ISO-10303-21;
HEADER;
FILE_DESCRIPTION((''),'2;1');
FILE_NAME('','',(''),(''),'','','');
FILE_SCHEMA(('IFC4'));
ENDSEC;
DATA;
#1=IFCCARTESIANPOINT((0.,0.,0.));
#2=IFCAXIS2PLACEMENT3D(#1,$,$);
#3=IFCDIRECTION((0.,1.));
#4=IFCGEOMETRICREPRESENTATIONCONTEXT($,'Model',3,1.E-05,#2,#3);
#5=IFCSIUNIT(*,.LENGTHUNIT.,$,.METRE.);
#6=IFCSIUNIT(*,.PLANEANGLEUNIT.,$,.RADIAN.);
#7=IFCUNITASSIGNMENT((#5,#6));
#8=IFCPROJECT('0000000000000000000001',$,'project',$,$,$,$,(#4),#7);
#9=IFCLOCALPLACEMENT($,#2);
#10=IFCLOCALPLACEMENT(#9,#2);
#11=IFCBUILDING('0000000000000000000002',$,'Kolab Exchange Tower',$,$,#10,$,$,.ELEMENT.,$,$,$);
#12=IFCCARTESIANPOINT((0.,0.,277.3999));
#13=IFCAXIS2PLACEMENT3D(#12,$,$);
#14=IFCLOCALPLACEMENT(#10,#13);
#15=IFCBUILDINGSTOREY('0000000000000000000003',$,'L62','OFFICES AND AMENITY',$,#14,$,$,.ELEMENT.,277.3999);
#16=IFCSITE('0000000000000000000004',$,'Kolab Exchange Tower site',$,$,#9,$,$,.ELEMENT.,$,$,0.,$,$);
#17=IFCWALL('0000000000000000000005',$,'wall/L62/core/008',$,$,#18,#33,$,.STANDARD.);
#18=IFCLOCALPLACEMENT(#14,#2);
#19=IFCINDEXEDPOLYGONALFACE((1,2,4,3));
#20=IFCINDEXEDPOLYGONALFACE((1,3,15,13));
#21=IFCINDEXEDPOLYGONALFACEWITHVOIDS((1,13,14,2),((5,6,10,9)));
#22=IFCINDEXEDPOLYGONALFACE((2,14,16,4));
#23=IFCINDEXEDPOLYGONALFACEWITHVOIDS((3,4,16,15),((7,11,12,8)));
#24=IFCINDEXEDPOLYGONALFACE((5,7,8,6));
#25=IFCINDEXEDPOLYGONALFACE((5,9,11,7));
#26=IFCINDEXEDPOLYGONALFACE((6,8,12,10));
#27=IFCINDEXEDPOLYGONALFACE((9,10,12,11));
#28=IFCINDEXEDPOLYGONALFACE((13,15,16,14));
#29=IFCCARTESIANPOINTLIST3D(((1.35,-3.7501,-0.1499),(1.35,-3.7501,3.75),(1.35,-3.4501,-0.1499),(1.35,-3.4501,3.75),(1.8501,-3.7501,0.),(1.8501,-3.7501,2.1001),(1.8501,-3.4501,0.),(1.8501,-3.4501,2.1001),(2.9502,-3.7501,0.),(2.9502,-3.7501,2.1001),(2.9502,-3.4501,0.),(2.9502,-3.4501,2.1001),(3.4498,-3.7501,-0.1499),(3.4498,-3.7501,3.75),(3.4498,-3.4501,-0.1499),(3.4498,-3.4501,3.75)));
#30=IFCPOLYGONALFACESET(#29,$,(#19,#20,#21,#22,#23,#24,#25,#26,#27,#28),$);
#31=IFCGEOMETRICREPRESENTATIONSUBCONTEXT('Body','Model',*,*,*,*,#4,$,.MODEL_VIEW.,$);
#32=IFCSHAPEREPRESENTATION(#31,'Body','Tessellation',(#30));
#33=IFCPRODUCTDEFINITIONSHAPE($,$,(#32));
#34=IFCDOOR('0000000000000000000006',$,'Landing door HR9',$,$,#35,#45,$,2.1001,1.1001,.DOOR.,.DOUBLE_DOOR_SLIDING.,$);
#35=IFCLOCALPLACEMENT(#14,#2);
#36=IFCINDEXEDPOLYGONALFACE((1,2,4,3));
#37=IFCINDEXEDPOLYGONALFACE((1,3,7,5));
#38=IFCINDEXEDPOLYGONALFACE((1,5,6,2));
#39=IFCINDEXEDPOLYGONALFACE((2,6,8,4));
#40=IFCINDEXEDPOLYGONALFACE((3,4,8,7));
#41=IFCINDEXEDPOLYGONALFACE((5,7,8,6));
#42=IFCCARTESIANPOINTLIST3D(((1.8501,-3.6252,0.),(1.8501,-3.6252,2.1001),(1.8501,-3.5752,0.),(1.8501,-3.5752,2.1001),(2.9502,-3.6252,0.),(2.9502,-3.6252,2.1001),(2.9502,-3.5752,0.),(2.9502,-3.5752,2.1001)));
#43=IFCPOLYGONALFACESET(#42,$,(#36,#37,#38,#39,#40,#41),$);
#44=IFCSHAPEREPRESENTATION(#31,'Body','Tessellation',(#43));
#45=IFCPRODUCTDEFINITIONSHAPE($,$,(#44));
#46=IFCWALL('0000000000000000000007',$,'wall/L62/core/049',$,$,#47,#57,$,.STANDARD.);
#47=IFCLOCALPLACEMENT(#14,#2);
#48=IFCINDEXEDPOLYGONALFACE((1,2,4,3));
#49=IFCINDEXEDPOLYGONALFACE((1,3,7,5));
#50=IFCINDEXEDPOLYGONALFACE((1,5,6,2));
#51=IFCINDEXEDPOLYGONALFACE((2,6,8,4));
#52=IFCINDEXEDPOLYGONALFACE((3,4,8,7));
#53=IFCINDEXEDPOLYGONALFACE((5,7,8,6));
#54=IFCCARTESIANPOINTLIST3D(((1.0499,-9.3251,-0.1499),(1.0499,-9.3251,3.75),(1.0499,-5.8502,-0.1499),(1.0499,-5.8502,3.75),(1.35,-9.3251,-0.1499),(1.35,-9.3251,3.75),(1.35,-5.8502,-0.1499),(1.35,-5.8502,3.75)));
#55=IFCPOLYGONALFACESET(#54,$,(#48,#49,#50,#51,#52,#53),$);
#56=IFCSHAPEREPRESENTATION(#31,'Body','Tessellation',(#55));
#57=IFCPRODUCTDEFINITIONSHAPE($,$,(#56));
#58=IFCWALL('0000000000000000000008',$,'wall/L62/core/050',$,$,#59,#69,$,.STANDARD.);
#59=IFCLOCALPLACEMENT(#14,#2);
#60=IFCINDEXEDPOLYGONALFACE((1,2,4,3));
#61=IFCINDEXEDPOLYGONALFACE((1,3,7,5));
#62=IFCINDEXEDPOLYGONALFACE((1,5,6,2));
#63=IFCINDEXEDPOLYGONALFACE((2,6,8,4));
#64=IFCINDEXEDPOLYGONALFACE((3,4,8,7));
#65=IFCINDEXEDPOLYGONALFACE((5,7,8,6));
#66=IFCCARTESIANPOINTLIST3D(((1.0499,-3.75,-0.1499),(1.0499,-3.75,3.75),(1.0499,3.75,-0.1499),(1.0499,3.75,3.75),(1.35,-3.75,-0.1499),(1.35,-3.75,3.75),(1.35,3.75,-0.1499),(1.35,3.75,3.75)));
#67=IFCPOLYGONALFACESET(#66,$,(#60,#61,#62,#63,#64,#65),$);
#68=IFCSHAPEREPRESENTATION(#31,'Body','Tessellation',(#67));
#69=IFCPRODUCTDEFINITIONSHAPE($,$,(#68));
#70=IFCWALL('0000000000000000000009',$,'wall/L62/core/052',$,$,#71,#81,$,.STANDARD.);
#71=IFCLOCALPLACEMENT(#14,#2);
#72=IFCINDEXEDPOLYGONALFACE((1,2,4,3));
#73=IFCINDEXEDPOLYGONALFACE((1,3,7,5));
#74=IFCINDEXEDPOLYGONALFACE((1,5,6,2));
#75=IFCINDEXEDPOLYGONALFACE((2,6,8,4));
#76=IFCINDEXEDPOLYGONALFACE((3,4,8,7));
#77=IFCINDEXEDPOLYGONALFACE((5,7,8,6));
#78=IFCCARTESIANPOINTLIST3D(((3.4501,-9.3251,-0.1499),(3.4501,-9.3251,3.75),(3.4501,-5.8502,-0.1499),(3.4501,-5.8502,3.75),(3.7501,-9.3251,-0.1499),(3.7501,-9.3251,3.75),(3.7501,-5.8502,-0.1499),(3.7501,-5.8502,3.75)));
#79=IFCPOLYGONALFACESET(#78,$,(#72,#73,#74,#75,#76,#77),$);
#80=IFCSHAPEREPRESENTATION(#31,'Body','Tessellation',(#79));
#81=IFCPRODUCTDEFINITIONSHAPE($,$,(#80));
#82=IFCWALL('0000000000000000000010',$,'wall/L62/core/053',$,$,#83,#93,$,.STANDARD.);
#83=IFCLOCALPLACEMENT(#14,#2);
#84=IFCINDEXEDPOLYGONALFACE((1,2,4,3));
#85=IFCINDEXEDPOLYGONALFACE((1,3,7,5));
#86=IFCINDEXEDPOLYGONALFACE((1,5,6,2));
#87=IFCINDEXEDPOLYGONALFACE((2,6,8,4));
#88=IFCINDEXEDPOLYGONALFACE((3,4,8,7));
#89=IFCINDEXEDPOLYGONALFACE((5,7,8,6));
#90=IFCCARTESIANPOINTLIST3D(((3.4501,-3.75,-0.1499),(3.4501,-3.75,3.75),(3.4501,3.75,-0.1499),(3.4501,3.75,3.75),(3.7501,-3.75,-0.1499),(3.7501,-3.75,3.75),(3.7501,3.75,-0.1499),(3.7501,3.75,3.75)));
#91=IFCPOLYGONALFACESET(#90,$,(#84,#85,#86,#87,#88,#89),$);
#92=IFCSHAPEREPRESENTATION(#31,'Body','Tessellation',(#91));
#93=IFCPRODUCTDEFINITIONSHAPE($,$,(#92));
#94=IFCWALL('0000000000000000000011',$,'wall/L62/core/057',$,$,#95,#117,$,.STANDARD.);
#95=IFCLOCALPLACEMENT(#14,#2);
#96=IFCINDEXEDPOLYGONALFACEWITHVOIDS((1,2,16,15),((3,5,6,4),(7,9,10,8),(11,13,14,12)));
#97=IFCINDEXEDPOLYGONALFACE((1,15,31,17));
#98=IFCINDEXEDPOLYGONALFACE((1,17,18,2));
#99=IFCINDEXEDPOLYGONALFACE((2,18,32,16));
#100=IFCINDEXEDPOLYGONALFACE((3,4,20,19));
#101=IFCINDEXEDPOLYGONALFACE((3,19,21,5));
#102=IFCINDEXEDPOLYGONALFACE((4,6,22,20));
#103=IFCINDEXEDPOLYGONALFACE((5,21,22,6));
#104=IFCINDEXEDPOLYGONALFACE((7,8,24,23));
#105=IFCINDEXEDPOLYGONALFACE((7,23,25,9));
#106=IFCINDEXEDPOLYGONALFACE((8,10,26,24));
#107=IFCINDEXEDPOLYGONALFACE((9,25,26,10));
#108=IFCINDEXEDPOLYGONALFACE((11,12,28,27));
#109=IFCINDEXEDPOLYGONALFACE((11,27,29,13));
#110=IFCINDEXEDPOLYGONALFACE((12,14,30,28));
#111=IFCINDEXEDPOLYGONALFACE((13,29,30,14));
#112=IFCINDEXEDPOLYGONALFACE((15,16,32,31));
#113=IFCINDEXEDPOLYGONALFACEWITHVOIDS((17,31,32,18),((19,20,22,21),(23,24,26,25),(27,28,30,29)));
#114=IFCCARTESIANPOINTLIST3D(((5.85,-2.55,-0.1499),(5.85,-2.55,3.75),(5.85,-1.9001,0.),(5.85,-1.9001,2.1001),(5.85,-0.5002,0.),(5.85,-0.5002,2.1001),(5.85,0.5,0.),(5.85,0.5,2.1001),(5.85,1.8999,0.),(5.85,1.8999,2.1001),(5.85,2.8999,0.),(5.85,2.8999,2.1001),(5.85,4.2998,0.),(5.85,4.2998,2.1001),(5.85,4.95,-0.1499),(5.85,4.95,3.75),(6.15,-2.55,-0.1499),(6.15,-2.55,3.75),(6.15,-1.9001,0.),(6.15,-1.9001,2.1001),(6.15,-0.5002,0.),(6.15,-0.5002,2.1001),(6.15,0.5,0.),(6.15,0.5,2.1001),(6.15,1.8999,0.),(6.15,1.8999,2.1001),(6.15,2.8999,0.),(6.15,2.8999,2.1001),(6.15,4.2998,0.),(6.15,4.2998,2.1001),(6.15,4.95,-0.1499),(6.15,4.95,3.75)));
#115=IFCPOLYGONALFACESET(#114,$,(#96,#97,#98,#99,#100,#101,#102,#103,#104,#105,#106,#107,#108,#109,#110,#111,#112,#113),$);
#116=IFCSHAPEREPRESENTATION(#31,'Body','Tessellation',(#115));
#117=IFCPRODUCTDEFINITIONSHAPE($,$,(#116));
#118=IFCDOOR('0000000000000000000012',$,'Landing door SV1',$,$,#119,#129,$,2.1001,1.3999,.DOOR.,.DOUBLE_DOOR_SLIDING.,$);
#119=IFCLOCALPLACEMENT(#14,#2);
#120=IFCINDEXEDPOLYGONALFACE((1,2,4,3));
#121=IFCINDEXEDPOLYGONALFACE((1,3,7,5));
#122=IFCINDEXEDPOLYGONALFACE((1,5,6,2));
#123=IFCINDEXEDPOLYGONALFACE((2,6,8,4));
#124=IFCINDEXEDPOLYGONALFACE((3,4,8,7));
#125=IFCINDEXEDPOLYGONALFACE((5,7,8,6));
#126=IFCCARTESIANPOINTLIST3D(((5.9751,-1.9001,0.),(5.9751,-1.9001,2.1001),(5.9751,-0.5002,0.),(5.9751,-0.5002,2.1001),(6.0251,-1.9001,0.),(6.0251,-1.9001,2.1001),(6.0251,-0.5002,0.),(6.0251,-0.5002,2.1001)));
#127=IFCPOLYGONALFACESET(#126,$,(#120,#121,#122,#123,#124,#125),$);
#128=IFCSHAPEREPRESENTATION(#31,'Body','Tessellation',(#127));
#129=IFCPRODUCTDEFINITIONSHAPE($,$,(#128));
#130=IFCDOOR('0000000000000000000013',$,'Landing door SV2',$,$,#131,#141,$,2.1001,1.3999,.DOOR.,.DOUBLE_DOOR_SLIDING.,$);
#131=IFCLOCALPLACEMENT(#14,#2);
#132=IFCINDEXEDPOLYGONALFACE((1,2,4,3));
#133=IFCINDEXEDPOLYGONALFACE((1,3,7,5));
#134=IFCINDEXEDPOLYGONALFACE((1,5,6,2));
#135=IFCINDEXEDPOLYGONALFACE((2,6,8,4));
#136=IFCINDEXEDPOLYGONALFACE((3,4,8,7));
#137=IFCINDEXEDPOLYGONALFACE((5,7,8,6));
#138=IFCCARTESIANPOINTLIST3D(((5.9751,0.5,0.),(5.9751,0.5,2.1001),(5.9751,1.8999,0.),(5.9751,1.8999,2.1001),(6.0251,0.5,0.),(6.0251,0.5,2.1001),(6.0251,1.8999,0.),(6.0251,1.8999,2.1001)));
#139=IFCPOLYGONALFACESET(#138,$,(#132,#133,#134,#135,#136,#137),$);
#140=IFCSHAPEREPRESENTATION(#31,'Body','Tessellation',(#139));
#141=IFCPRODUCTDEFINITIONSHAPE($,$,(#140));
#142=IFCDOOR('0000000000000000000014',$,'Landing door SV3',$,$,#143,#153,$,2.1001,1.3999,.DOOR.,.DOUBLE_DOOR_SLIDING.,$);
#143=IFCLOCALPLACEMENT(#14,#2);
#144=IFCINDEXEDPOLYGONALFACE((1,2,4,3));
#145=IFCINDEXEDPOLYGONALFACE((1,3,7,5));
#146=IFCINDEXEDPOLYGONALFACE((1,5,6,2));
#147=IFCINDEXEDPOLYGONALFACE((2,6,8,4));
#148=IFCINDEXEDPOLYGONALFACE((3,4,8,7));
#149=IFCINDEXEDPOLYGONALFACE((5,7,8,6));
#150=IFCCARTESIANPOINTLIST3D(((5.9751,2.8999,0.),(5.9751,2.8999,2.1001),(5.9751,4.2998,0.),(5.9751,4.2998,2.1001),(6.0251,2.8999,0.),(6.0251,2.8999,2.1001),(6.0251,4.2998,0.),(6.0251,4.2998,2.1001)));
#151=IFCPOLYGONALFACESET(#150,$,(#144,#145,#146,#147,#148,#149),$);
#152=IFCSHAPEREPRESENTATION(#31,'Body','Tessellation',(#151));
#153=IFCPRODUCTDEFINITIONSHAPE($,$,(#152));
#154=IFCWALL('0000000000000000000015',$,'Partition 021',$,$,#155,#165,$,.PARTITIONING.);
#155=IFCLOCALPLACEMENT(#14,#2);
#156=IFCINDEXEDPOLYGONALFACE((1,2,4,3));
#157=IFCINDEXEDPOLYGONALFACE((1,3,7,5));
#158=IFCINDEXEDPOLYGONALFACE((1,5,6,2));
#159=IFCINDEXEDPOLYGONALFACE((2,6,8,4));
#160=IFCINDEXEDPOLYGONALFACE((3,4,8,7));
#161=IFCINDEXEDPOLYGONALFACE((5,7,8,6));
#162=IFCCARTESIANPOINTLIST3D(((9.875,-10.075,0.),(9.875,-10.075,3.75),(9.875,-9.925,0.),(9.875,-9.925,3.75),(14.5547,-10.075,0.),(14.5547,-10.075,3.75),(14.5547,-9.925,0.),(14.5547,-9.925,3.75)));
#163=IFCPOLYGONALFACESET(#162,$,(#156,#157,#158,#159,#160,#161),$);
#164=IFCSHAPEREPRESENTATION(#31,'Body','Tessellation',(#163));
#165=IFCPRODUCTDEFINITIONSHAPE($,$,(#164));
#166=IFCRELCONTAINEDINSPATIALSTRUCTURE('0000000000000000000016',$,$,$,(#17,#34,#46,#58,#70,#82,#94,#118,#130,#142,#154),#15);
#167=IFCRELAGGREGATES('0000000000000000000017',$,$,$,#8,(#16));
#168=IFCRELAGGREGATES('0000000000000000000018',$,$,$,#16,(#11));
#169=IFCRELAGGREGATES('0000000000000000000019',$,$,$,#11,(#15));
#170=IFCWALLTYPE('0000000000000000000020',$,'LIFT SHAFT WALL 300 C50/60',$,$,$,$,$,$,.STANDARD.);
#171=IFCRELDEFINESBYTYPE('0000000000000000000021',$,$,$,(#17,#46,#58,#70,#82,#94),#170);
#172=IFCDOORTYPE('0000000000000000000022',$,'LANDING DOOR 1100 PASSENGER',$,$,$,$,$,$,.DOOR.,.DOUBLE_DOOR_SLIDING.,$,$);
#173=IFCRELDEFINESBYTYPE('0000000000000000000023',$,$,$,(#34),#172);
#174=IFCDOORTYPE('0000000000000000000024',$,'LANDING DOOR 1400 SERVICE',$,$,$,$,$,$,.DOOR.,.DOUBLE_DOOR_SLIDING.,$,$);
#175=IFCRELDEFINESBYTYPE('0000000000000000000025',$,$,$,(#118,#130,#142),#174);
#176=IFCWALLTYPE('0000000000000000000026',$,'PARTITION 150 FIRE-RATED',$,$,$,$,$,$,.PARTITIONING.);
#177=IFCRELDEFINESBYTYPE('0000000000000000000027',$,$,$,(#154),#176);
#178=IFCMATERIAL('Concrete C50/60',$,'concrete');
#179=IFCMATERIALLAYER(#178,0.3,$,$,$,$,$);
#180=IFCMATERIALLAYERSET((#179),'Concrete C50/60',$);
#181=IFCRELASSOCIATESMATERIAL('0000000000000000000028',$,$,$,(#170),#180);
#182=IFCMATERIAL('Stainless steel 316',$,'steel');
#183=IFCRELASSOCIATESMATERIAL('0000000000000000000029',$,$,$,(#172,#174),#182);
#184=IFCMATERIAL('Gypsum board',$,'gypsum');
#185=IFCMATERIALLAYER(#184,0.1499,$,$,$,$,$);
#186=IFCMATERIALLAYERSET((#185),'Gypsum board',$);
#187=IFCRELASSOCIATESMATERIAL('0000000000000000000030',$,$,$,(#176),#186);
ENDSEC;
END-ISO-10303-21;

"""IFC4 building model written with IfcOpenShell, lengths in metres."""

from ifc_helpers import new_model, si_unit, direction, frame, frame_2d, origin, place, context, subcontext, project, spatial, rectangle, extrude, material, layer, layer_set, type_object, element, fill, save


model = new_model("IFC4")

# Units and contexts
model_context = context("Model", 3, precision=1e-05, world=origin(), true_north=direction((0.0, 1.0)))
body_context = subcontext(model_context, "Body", "Model", "MODEL_VIEW")
ifc_project = project(units=[si_unit("LENGTHUNIT", "METRE"), si_unit("PLANEANGLEUNIT", "RADIAN")], contexts=[model_context])

# Site, building, storey
site_placement = place(None, origin())
site = spatial("IfcSite", under=ifc_project, at=site_placement, Name="Kolab Exchange Tower site", CompositionType="ELEMENT", RefElevation=0.0)
building_placement = place(site_placement, origin())
building = spatial("IfcBuilding", under=site, at=building_placement, Name="Kolab Exchange Tower", CompositionType="ELEMENT")
storey_placement = place(building_placement, frame((0.0, 0.0, 277.3999)))
storey = spatial("IfcBuildingStorey", under=building, at=storey_placement, Name="L62", Description="OFFICES AND AMENITY", CompositionType="ELEMENT", Elevation=277.3999)

# Wall, opening, door
ifc_material_1 = material(Name="Concrete C50/60", Category="concrete")
ifc_layer_1 = layer(ifc_material_1, 0.3)
ifc_layer_set_1 = layer_set([ifc_layer_1], Name="Concrete C50/60")
wall_type_1 = type_object("IfcWallType", Name="LIFT SHAFT WALL 300 C50/60", PredefinedType="STANDARD", material=ifc_layer_set_1)
ifc_material_2 = material(Name="Stainless steel 316", Category="steel")
door_type_1 = type_object("IfcDoorType", Name="LANDING DOOR 1100 PASSENGER", OperationType="DOUBLE_DOOR_SLIDING", PredefinedType="DOOR", material=ifc_material_2)
wall_1_placement = place(storey_placement, frame((1.3501, -3.6001, -0.1499), z_axis=(0.0, 0.0, 1.0), x_axis=(1.0, 0.0, 0.0)))
wall_1 = element("IfcWall", 1, at=wall_1_placement, inside=storey, type_object=wall_type_1, Name="wall/L62/core/008", PredefinedType="STANDARD", context=body_context, shape_type="SweptSolid", body=[
    extrude(rectangle(XDim=2.0999, YDim=0.3, at=frame_2d((1.0498, 0.0))), origin(), (0.0, 0.0, 1.0), 3.8999),
])
opening_1_placement = place(wall_1_placement, frame((0.5, 0.0, 0.1499)))
opening_1 = element("IfcOpeningElement", 2, at=opening_1_placement, cuts=wall_1, PredefinedType="OPENING", context=body_context, shape_type="SweptSolid", body=[
    extrude(rectangle(XDim=1.1001, YDim=2.1001, at=frame_2d((0.55, 1.05))), frame((0.0, 0.1602, 0.0), z_axis=(0.0, -1.0, 0.0), x_axis=(1.0, 0.0, 0.0)), (0.0, 0.0, 1.0), 0.3201),
])
door_1_placement = place(opening_1_placement, origin())
door_1 = element("IfcDoor", 3, at=door_1_placement, inside=storey, type_object=door_type_1, Name="Landing door HR9", OperationType="DOUBLE_DOOR_SLIDING", OverallHeight=2.1001, OverallWidth=1.1001, PredefinedType="DOOR", context=body_context, shape_type="SweptSolid", body=[
    extrude(rectangle(XDim=1.1001, YDim=2.1001, at=frame_2d((0.55, 1.05))), frame((0.0, 0.0249, 0.0), z_axis=(0.0, -1.0, 0.0), x_axis=(1.0, 0.0, 0.0)), (0.0, 0.0, 1.0), 0.05),
])
fill(opening_1, door_1)

# Walls
wall_2_placement = place(storey_placement, frame((1.2, -9.325, -0.1499), z_axis=(0.0, 0.0, 1.0), x_axis=(0.0, 1.0, 0.0)))
element("IfcWall", 4, at=wall_2_placement, inside=storey, type_object=wall_type_1, Name="wall/L62/core/049", PredefinedType="STANDARD", context=body_context, shape_type="SweptSolid", body=[
    extrude(rectangle(XDim=3.4749, YDim=0.3, at=frame_2d((1.7373, 0.0))), origin(), (0.0, 0.0, 1.0), 3.8999),
])
wall_3_placement = place(storey_placement, frame((1.2, -3.75, -0.1499), z_axis=(0.0, 0.0, 1.0), x_axis=(0.0, 1.0, 0.0)))
element("IfcWall", 5, at=wall_3_placement, inside=storey, type_object=wall_type_1, Name="wall/L62/core/050", PredefinedType="STANDARD", context=body_context, shape_type="SweptSolid", body=[
    extrude(rectangle(XDim=7.5, YDim=0.3, at=frame_2d((3.75, 0.0))), origin(), (0.0, 0.0, 1.0), 3.8999),
])
wall_4_placement = place(storey_placement, frame((3.6001, -9.325, -0.1499), z_axis=(0.0, 0.0, 1.0), x_axis=(0.0, 1.0, 0.0)))
element("IfcWall", 6, at=wall_4_placement, inside=storey, type_object=wall_type_1, Name="wall/L62/core/052", PredefinedType="STANDARD", context=body_context, shape_type="SweptSolid", body=[
    extrude(rectangle(XDim=3.4749, YDim=0.3, at=frame_2d((1.7373, 0.0))), origin(), (0.0, 0.0, 1.0), 3.8999),
])
wall_5_placement = place(storey_placement, frame((3.6001, -3.75, -0.1499), z_axis=(0.0, 0.0, 1.0), x_axis=(0.0, 1.0, 0.0)))
element("IfcWall", 7, at=wall_5_placement, inside=storey, type_object=wall_type_1, Name="wall/L62/core/053", PredefinedType="STANDARD", context=body_context, shape_type="SweptSolid", body=[
    extrude(rectangle(XDim=7.5, YDim=0.3, at=frame_2d((3.75, 0.0))), origin(), (0.0, 0.0, 1.0), 3.8999),
])

# Wall, openings, doors
wall_6_placement = place(storey_placement, frame((6.0, -2.55, -0.1499), z_axis=(0.0, 0.0, 1.0), x_axis=(0.0, 1.0, 0.0)))
wall_6 = element("IfcWall", 8, at=wall_6_placement, inside=storey, type_object=wall_type_1, Name="wall/L62/core/057", PredefinedType="STANDARD", context=body_context, shape_type="SweptSolid", body=[
    extrude(rectangle(XDim=7.5, YDim=0.3, at=frame_2d((3.75, 0.0))), origin(), (0.0, 0.0, 1.0), 3.8999),
])
opening_2_placement = place(wall_6_placement, frame((0.6499, 0.0, 0.1499)))
opening_2 = element("IfcOpeningElement", 9, at=opening_2_placement, cuts=wall_6, PredefinedType="OPENING", context=body_context, shape_type="SweptSolid", body=[
    extrude(rectangle(XDim=1.3999, YDim=2.1001, at=frame_2d((0.7, 1.05))), frame((0.0, 0.1602, 0.0), z_axis=(0.0, -1.0, 0.0), x_axis=(1.0, 0.0, 0.0)), (0.0, 0.0, 1.0), 0.3201),
])
opening_3_placement = place(wall_6_placement, frame((3.05, 0.0, 0.1499)))
opening_3 = element("IfcOpeningElement", 10, at=opening_3_placement, cuts=wall_6, PredefinedType="OPENING", context=body_context, shape_type="SweptSolid", body=[
    extrude(rectangle(XDim=1.3999, YDim=2.1001, at=frame_2d((0.7, 1.05))), frame((0.0, 0.1602, 0.0), z_axis=(0.0, -1.0, 0.0), x_axis=(1.0, 0.0, 0.0)), (0.0, 0.0, 1.0), 0.3201),
])
opening_4_placement = place(wall_6_placement, frame((5.45, 0.0, 0.1499)))
opening_4 = element("IfcOpeningElement", 11, at=opening_4_placement, cuts=wall_6, PredefinedType="OPENING", context=body_context, shape_type="SweptSolid", body=[
    extrude(rectangle(XDim=1.3999, YDim=2.1001, at=frame_2d((0.7, 1.05))), frame((0.0, 0.1602, 0.0), z_axis=(0.0, -1.0, 0.0), x_axis=(1.0, 0.0, 0.0)), (0.0, 0.0, 1.0), 0.3201),
])
door_type_2 = type_object("IfcDoorType", Name="LANDING DOOR 1400 SERVICE", OperationType="DOUBLE_DOOR_SLIDING", PredefinedType="DOOR", material=ifc_material_2)
door_2_placement = place(opening_2_placement, origin())
door_2 = element("IfcDoor", 12, at=door_2_placement, inside=storey, type_object=door_type_2, Name="Landing door SV1", OperationType="DOUBLE_DOOR_SLIDING", OverallHeight=2.1001, OverallWidth=1.3999, PredefinedType="DOOR", context=body_context, shape_type="SweptSolid", body=[
    extrude(rectangle(XDim=1.3999, YDim=2.1001, at=frame_2d((0.7, 1.05))), frame((0.0, 0.0249, 0.0), z_axis=(0.0, -1.0, 0.0), x_axis=(1.0, 0.0, 0.0)), (0.0, 0.0, 1.0), 0.05),
])
fill(opening_2, door_2)
door_3_placement = place(opening_3_placement, origin())
door_3 = element("IfcDoor", 13, at=door_3_placement, inside=storey, type_object=door_type_2, Name="Landing door SV2", OperationType="DOUBLE_DOOR_SLIDING", OverallHeight=2.1001, OverallWidth=1.3999, PredefinedType="DOOR", context=body_context, shape_type="SweptSolid", body=[
    extrude(rectangle(XDim=1.3999, YDim=2.1001, at=frame_2d((0.7, 1.05))), frame((0.0, 0.0249, 0.0), z_axis=(0.0, -1.0, 0.0), x_axis=(1.0, 0.0, 0.0)), (0.0, 0.0, 1.0), 0.05),
])
fill(opening_3, door_3)
door_4_placement = place(opening_4_placement, origin())
door_4 = element("IfcDoor", 14, at=door_4_placement, inside=storey, type_object=door_type_2, Name="Landing door SV3", OperationType="DOUBLE_DOOR_SLIDING", OverallHeight=2.1001, OverallWidth=1.3999, PredefinedType="DOOR", context=body_context, shape_type="SweptSolid", body=[
    extrude(rectangle(XDim=1.3999, YDim=2.1001, at=frame_2d((0.7, 1.05))), frame((0.0, 0.0249, 0.0), z_axis=(0.0, -1.0, 0.0), x_axis=(1.0, 0.0, 0.0)), (0.0, 0.0, 1.0), 0.05),
])
fill(opening_4, door_4)

# Wall
ifc_material_3 = material(Name="Gypsum board", Category="gypsum")
ifc_layer_2 = layer(ifc_material_3, 0.1499)
ifc_layer_set_2 = layer_set([ifc_layer_2], Name="Gypsum board")
wall_type_2 = type_object("IfcWallType", Name="PARTITION 150 FIRE-RATED", PredefinedType="PARTITIONING", material=ifc_layer_set_2)
wall_7_placement = place(storey_placement, frame((9.875, -10.0, 0.0), z_axis=(0.0, 0.0, 1.0), x_axis=(1.0, 0.0, 0.0)))
element("IfcWall", 15, at=wall_7_placement, inside=storey, type_object=wall_type_2, Name="Partition 021", PredefinedType="PARTITIONING", context=body_context, shape_type="SweptSolid", body=[
    extrude(rectangle(XDim=4.6797, YDim=0.1499, at=frame_2d((2.3398, 0.0))), origin(), (0.0, 0.0, 1.0), 3.75),
])

save(model, "model.ifc")
